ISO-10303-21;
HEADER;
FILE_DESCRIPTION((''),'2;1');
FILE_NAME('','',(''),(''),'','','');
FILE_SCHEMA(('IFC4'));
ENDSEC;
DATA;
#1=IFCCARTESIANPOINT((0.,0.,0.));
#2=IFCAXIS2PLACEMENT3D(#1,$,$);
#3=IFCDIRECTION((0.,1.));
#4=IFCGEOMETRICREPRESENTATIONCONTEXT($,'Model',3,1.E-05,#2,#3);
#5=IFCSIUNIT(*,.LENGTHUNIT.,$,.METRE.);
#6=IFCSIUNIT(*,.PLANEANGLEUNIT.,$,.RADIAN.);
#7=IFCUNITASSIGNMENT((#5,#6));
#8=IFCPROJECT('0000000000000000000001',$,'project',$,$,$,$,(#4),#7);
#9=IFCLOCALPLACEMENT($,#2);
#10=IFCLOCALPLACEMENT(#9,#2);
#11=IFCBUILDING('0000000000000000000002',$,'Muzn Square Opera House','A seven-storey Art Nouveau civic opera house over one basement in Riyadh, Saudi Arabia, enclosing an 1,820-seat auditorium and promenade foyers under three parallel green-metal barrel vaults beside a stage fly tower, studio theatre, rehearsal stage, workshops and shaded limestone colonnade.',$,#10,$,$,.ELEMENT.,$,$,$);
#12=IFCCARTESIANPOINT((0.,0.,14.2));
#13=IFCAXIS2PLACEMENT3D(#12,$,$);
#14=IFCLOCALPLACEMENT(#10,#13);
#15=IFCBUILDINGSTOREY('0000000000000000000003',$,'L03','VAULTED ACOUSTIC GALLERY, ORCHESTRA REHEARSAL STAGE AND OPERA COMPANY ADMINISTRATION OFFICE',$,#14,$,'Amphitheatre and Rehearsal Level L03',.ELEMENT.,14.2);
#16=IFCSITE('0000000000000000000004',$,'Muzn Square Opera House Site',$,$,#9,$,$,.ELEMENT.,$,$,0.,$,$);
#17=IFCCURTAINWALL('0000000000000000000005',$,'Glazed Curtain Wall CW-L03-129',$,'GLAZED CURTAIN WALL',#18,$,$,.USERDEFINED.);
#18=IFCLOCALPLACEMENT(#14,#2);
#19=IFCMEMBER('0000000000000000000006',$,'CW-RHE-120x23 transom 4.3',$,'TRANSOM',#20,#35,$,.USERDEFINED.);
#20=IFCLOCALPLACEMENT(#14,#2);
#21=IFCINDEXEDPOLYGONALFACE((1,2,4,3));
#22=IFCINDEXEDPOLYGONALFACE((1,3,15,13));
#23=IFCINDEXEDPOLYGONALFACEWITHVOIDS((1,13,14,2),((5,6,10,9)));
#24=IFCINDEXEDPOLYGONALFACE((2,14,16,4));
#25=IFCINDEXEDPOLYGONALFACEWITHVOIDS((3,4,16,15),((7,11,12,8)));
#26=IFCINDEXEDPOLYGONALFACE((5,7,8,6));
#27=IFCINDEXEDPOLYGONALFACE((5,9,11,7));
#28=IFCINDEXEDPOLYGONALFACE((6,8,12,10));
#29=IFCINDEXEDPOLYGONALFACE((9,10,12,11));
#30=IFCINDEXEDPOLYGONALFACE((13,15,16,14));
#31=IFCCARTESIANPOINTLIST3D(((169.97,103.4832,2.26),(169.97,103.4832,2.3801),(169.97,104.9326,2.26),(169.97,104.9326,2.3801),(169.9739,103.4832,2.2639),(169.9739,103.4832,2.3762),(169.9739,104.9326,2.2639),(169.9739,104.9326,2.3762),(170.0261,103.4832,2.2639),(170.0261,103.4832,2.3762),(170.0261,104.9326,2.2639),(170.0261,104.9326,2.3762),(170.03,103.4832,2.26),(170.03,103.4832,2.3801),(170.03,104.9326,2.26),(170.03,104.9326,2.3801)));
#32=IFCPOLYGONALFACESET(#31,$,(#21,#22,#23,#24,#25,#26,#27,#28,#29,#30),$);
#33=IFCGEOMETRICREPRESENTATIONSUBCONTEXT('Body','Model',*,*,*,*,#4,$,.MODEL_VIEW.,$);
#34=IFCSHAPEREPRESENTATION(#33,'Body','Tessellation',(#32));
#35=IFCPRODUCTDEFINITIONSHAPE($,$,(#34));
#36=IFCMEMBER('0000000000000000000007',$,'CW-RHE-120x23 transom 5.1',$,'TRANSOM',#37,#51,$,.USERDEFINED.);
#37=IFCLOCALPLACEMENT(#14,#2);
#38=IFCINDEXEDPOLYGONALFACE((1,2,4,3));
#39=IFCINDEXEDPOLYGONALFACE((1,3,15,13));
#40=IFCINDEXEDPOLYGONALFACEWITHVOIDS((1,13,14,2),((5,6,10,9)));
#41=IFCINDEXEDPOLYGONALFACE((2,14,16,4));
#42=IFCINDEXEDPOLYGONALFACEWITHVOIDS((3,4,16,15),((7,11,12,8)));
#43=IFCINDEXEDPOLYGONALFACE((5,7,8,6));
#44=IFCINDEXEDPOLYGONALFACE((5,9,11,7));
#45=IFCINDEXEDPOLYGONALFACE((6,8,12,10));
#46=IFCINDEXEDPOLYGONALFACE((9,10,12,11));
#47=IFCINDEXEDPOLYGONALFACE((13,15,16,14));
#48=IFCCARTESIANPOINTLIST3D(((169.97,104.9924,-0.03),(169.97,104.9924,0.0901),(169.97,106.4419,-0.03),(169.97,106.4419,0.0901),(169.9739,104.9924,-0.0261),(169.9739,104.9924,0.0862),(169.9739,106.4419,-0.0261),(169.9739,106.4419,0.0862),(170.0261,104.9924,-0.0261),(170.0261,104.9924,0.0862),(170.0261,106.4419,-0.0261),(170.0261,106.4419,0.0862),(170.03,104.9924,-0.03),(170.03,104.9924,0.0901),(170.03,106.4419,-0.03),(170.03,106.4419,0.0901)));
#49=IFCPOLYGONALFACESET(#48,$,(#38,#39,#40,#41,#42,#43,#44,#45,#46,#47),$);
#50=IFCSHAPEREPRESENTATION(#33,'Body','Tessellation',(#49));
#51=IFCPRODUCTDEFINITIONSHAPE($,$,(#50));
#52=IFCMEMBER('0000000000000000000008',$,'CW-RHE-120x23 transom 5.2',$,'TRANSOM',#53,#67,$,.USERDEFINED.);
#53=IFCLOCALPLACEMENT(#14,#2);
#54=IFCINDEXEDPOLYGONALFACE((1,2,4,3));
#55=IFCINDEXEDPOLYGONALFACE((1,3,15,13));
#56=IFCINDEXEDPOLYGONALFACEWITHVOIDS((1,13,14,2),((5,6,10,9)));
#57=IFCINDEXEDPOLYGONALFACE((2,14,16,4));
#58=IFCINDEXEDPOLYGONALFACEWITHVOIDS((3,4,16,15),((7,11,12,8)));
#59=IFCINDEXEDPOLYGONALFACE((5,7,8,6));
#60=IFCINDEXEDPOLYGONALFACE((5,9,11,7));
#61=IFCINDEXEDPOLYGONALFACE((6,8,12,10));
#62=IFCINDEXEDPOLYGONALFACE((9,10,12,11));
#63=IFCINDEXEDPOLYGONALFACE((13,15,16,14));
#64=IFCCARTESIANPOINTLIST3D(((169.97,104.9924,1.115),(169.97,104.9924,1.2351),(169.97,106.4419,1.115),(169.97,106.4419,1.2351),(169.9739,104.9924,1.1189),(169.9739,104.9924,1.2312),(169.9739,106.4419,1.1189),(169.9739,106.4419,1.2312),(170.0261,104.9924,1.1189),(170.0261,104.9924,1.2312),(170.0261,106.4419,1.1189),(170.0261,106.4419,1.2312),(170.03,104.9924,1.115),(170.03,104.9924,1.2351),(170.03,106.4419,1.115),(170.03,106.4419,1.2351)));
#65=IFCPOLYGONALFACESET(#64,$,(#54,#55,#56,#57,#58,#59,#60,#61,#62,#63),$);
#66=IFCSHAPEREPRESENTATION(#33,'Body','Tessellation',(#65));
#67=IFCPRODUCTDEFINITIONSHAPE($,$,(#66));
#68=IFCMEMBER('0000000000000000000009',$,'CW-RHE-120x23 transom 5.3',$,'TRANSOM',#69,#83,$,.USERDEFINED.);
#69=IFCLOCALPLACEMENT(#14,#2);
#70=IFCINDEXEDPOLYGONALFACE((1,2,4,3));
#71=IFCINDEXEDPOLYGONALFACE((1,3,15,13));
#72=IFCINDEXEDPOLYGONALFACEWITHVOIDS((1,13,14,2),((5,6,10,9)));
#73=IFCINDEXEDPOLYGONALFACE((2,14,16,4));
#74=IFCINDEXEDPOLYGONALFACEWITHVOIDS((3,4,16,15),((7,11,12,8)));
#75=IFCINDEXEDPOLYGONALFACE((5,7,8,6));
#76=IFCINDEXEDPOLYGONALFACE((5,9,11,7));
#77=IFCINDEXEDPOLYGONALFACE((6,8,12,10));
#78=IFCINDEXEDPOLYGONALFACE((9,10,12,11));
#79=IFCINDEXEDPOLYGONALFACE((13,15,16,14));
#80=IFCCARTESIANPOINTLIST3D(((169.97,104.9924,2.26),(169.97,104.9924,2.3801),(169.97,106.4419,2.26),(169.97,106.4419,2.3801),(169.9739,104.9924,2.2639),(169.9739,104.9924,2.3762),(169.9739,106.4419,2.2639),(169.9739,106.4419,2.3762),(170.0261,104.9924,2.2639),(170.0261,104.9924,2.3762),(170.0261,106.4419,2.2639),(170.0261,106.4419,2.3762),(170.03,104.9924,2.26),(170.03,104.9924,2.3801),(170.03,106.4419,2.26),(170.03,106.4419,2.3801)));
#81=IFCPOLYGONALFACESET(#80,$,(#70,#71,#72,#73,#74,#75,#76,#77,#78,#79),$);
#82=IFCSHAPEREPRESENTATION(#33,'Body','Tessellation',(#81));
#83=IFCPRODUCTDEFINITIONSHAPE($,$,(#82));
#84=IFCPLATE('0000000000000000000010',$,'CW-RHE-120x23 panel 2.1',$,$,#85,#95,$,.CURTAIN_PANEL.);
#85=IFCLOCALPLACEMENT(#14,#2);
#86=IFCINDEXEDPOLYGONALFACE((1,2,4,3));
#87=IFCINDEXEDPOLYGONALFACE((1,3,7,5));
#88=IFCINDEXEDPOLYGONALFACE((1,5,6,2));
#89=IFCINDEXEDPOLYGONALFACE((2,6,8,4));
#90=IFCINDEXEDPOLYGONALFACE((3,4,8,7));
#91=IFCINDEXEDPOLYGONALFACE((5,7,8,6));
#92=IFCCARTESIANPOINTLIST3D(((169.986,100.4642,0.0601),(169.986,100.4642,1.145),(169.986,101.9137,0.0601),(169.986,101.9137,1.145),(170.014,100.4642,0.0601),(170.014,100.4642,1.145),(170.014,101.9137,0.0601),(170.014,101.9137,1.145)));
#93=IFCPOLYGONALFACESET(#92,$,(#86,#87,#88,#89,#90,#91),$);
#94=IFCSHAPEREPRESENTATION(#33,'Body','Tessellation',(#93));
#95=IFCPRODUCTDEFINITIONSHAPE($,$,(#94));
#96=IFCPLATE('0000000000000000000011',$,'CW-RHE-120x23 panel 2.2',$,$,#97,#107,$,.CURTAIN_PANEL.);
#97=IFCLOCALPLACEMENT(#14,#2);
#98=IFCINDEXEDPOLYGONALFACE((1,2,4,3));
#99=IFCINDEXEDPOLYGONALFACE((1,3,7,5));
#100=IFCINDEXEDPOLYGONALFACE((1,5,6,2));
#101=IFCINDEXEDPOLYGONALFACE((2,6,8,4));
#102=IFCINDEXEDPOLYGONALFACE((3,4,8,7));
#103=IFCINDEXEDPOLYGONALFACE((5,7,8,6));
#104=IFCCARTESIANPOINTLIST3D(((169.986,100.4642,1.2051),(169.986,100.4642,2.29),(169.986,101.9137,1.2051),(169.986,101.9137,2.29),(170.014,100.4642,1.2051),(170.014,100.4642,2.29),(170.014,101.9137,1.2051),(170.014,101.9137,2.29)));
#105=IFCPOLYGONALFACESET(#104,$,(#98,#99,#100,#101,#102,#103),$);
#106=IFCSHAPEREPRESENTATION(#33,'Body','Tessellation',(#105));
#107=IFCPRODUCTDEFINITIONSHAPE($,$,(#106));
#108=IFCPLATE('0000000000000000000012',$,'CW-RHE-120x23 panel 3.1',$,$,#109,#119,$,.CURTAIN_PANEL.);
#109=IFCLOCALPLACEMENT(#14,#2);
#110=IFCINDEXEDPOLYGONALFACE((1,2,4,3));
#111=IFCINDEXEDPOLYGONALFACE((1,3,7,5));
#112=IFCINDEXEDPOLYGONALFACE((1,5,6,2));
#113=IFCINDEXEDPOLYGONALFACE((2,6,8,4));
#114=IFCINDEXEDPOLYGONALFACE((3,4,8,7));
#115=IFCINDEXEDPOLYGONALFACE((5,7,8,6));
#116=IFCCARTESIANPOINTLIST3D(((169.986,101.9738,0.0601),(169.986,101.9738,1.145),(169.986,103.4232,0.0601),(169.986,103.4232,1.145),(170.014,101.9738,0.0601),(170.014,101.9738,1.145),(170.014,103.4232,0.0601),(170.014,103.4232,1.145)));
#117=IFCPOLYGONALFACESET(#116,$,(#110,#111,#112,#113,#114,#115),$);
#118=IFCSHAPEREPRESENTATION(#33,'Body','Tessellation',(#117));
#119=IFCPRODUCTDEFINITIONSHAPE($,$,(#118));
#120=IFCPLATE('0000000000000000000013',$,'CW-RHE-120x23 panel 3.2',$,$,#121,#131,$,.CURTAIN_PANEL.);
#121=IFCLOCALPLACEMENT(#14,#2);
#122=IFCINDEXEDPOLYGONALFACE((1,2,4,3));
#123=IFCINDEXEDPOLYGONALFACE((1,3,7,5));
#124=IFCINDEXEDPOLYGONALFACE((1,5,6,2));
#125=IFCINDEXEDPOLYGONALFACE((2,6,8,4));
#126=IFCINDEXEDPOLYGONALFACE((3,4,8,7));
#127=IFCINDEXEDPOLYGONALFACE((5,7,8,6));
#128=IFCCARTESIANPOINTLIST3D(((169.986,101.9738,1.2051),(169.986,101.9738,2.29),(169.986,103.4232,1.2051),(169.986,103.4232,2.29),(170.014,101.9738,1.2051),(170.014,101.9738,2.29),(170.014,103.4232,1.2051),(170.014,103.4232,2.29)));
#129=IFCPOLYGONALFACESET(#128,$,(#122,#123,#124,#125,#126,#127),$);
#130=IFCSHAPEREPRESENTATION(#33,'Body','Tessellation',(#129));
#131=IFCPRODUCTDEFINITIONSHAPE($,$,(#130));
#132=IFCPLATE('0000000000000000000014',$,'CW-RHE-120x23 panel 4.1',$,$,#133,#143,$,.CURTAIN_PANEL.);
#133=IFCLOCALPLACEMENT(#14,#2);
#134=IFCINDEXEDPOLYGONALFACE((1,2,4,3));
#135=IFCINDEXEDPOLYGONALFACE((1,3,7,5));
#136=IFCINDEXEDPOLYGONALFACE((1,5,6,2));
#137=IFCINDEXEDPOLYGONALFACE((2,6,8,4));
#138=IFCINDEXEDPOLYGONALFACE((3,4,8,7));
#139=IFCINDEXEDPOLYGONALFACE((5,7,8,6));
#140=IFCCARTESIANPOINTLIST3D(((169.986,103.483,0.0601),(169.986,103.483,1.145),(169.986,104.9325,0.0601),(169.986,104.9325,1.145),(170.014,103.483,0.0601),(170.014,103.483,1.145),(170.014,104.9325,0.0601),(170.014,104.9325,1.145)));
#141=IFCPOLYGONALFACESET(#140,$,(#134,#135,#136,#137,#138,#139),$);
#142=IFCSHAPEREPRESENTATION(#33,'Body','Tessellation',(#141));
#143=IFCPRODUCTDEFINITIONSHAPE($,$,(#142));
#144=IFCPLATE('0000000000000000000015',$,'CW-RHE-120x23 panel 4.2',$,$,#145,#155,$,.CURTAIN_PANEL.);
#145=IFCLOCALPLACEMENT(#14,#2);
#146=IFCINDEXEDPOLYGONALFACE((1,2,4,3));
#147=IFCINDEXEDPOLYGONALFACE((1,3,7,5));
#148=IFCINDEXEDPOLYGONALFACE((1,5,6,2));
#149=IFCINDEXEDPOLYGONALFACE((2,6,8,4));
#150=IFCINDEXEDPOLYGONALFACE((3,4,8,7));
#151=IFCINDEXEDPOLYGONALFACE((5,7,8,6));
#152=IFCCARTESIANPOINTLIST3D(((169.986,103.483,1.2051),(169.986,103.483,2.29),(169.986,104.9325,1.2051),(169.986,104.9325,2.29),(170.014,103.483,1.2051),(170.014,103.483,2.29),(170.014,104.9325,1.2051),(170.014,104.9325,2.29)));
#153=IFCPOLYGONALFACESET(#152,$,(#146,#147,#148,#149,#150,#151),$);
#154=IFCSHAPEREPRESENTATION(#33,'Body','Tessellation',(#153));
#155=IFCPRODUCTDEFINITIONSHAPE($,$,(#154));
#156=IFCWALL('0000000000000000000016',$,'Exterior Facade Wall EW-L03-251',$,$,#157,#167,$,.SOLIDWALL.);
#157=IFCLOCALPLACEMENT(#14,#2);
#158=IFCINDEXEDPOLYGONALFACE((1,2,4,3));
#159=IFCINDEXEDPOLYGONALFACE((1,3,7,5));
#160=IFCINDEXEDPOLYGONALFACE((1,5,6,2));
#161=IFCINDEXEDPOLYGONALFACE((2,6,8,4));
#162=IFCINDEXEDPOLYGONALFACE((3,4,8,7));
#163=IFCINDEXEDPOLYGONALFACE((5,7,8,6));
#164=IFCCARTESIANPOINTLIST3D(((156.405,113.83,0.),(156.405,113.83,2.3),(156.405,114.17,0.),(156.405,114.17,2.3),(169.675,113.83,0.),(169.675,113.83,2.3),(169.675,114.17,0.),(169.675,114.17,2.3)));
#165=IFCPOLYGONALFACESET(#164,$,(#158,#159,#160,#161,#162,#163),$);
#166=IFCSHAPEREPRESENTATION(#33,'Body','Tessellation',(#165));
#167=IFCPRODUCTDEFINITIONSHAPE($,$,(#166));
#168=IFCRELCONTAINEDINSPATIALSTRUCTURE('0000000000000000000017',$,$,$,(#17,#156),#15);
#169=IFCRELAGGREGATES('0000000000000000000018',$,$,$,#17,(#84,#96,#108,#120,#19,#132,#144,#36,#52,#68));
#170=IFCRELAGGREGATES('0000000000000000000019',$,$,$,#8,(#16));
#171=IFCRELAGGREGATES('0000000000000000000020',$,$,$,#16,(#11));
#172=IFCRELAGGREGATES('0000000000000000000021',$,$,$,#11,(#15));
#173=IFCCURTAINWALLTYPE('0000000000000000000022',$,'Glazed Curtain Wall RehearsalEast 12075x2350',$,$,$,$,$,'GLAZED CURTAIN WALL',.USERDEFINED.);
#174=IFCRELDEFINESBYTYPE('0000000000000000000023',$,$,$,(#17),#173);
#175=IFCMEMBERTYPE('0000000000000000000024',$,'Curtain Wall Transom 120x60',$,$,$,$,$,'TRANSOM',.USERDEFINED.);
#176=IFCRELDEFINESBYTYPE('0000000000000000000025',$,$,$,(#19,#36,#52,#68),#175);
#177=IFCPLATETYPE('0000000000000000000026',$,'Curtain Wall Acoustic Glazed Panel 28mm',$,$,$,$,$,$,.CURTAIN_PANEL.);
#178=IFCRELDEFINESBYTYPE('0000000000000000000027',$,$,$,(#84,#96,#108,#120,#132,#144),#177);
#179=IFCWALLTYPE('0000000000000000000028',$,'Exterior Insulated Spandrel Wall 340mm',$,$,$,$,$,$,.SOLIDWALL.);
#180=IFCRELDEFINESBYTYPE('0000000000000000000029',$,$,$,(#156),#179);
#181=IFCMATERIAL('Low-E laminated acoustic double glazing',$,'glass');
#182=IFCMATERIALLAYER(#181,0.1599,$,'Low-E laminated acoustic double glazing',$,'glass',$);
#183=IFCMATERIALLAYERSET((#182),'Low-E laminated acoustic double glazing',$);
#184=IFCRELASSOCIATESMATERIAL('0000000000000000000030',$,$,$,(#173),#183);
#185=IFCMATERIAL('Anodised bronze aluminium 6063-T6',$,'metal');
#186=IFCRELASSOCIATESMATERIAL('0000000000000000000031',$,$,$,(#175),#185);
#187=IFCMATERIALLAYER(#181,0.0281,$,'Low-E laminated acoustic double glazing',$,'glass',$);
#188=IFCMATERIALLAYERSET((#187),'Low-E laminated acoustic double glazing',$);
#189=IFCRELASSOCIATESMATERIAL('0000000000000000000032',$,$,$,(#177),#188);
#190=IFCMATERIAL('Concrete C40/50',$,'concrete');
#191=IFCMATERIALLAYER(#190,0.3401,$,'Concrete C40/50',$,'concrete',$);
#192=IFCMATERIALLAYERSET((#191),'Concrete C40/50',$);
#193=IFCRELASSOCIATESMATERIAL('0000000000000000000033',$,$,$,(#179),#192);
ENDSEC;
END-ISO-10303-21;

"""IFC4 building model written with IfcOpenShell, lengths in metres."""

from ifc_helpers import new_model, si_unit, direction, frame, frame_2d, origin, origin_2d, place, context, subcontext, project, spatial, rectangle, hollow_rectangle, extrude, material, layer, layer_set, material_profile, profile_set, type_object, element, aggregate, save


model = new_model("IFC4")

# Units and contexts
model_context = context("Model", 3, precision=1e-05, world=origin(), true_north=direction((0.0, 1.0)))
body_context = subcontext(model_context, "Body", "Model", "MODEL_VIEW")
ifc_project = project(units=[si_unit("LENGTHUNIT", "METRE"), si_unit("PLANEANGLEUNIT", "RADIAN")], contexts=[model_context])

# Site, building, storey
site_placement = place(None, origin())
site = spatial("IfcSite", under=ifc_project, at=site_placement, Name="Muzn Square Opera House Site", CompositionType="ELEMENT", RefElevation=0.0)
building_placement = place(site_placement, origin())
building = spatial("IfcBuilding", under=site, at=building_placement, Name="Muzn Square Opera House", Description="A seven-storey Art Nouveau civic opera house over one basement in Riyadh, Saudi Arabia, enclosing an 1,820-seat auditorium and promenade foyers under three parallel green-metal barrel vaults beside a stage fly tower, studio theatre, rehearsal stage, workshops and shaded limestone colonnade.", CompositionType="ELEMENT")
storey_placement = place(building_placement, frame((0.0, 0.0, 14.2)))
storey = spatial("IfcBuildingStorey", under=building, at=storey_placement, Name="L03", Description="VAULTED ACOUSTIC GALLERY, ORCHESTRA REHEARSAL STAGE AND OPERA COMPANY ADMINISTRATION OFFICE", LongName="Amphitheatre and Rehearsal Level L03", CompositionType="ELEMENT", Elevation=14.2)

# Curtain wall, members, plates
ifc_material_1 = material(Name="Low-E laminated acoustic double glazing", Category="glass")
ifc_layer_1 = layer(ifc_material_1, 0.1599, Name="Low-E laminated acoustic double glazing", Category="glass")
ifc_layer_set_1 = layer_set([ifc_layer_1], Name="Low-E laminated acoustic double glazing")
curtain_wall_type = type_object("IfcCurtainWallType", Name="Glazed Curtain Wall RehearsalEast 12075x2350", ElementType="GLAZED CURTAIN WALL", PredefinedType="USERDEFINED", material=ifc_layer_set_1)
curtain_wall_placement = place(storey_placement, origin())
curtain_wall = element("IfcCurtainWall", 1, at=curtain_wall_placement, inside=storey, type_object=curtain_wall_type, Name="Glazed Curtain Wall CW-L03-129", ObjectType="GLAZED CURTAIN WALL", PredefinedType="USERDEFINED")
ifc_material_2 = material(Name="Anodised bronze aluminium 6063-T6", Category="metal")
ifc_material_profile_1 = material_profile(ifc_material_2, hollow_rectangle(XDim=0.0601, YDim=0.1201, WallThickness=0.0039, at=origin_2d()), Name="ALU 120x60x4", Category="metal")
ifc_profile_set_1 = profile_set([ifc_material_profile_1], Name="Anodised bronze aluminium 6063-T6")
member_type_1 = type_object("IfcMemberType", Name="Curtain Wall Transom 120x60", ElementType="TRANSOM", PredefinedType="USERDEFINED", material=ifc_profile_set_1)
member_1_placement = place(storey_placement, frame((170.0, 103.4832, 2.3201), z_axis=(0.0, 1.0, 0.0), x_axis=(-1.0, 0.0, 0.0)))
member_1 = element("IfcMember", 2, at=member_1_placement, type_object=member_type_1, Name="CW-RHE-120x23 transom 4.3", ObjectType="TRANSOM", PredefinedType="USERDEFINED", context=body_context, shape_type="SweptSolid", body=[
    extrude(hollow_rectangle(XDim=0.0601, YDim=0.1201, WallThickness=0.0039, at=origin_2d()), origin(), (0.0, 0.0, 1.0), 1.4495),
])
member_2_placement = place(storey_placement, frame((170.0, 104.9924, 0.03), z_axis=(0.0, 1.0, 0.0), x_axis=(-1.0, 0.0, 0.0)))
member_2 = element("IfcMember", 3, at=member_2_placement, type_object=member_type_1, Name="CW-RHE-120x23 transom 5.1", ObjectType="TRANSOM", PredefinedType="USERDEFINED", context=body_context, shape_type="SweptSolid", body=[
    extrude(hollow_rectangle(XDim=0.0601, YDim=0.1201, WallThickness=0.0039, at=origin_2d()), origin(), (0.0, 0.0, 1.0), 1.4495),
])
member_3_placement = place(storey_placement, frame((170.0, 104.9924, 1.175), z_axis=(0.0, 1.0, 0.0), x_axis=(-1.0, 0.0, 0.0)))
member_3 = element("IfcMember", 4, at=member_3_placement, type_object=member_type_1, Name="CW-RHE-120x23 transom 5.2", ObjectType="TRANSOM", PredefinedType="USERDEFINED", context=body_context, shape_type="SweptSolid", body=[
    extrude(hollow_rectangle(XDim=0.0601, YDim=0.1201, WallThickness=0.0039, at=origin_2d()), origin(), (0.0, 0.0, 1.0), 1.4495),
])
member_4_placement = place(storey_placement, frame((170.0, 104.9924, 2.3201), z_axis=(0.0, 1.0, 0.0), x_axis=(-1.0, 0.0, 0.0)))
member_4 = element("IfcMember", 5, at=member_4_placement, type_object=member_type_1, Name="CW-RHE-120x23 transom 5.3", ObjectType="TRANSOM", PredefinedType="USERDEFINED", context=body_context, shape_type="SweptSolid", body=[
    extrude(hollow_rectangle(XDim=0.0601, YDim=0.1201, WallThickness=0.0039, at=origin_2d()), origin(), (0.0, 0.0, 1.0), 1.4495),
])
ifc_layer_2 = layer(ifc_material_1, 0.0281, Name="Low-E laminated acoustic double glazing", Category="glass")
ifc_layer_set_2 = layer_set([ifc_layer_2], Name="Low-E laminated acoustic double glazing")
plate_type = type_object("IfcPlateType", Name="Curtain Wall Acoustic Glazed Panel 28mm", PredefinedType="CURTAIN_PANEL", material=ifc_layer_set_2)
plate_1_placement = place(storey_placement, frame((170.0, 101.189, 0.0601), z_axis=(0.0, 0.0, 1.0), x_axis=(0.0, 1.0, 0.0)))
plate_1 = element("IfcPlate", 6, at=plate_1_placement, type_object=plate_type, Name="CW-RHE-120x23 panel 2.1", PredefinedType="CURTAIN_PANEL", context=body_context, shape_type="SweptSolid", body=[
    extrude(rectangle(XDim=1.4495, YDim=0.0281, at=origin_2d()), origin(), (0.0, 0.0, 1.0), 1.085),
])
plate_2_placement = place(storey_placement, frame((170.0, 101.189, 1.2051), z_axis=(0.0, 0.0, 1.0), x_axis=(0.0, 1.0, 0.0)))
plate_2 = element("IfcPlate", 7, at=plate_2_placement, type_object=plate_type, Name="CW-RHE-120x23 panel 2.2", PredefinedType="CURTAIN_PANEL", context=body_context, shape_type="SweptSolid", body=[
    extrude(rectangle(XDim=1.4495, YDim=0.0281, at=origin_2d()), origin(), (0.0, 0.0, 1.0), 1.085),
])
plate_3_placement = place(storey_placement, frame((170.0, 102.6985, 0.0601), z_axis=(0.0, 0.0, 1.0), x_axis=(0.0, 1.0, 0.0)))
plate_3 = element("IfcPlate", 8, at=plate_3_placement, type_object=plate_type, Name="CW-RHE-120x23 panel 3.1", PredefinedType="CURTAIN_PANEL", context=body_context, shape_type="SweptSolid", body=[
    extrude(rectangle(XDim=1.4495, YDim=0.0281, at=origin_2d()), origin(), (0.0, 0.0, 1.0), 1.085),
])
plate_4_placement = place(storey_placement, frame((170.0, 102.6985, 1.2051), z_axis=(0.0, 0.0, 1.0), x_axis=(0.0, 1.0, 0.0)))
plate_4 = element("IfcPlate", 9, at=plate_4_placement, type_object=plate_type, Name="CW-RHE-120x23 panel 3.2", PredefinedType="CURTAIN_PANEL", context=body_context, shape_type="SweptSolid", body=[
    extrude(rectangle(XDim=1.4495, YDim=0.0281, at=origin_2d()), origin(), (0.0, 0.0, 1.0), 1.085),
])
plate_5_placement = place(storey_placement, frame((170.0, 104.2078, 0.0601), z_axis=(0.0, 0.0, 1.0), x_axis=(0.0, 1.0, 0.0)))
plate_5 = element("IfcPlate", 10, at=plate_5_placement, type_object=plate_type, Name="CW-RHE-120x23 panel 4.1", PredefinedType="CURTAIN_PANEL", context=body_context, shape_type="SweptSolid", body=[
    extrude(rectangle(XDim=1.4495, YDim=0.0281, at=origin_2d()), origin(), (0.0, 0.0, 1.0), 1.085),
])
plate_6_placement = place(storey_placement, frame((170.0, 104.2078, 1.2051), z_axis=(0.0, 0.0, 1.0), x_axis=(0.0, 1.0, 0.0)))
plate_6 = element("IfcPlate", 11, at=plate_6_placement, type_object=plate_type, Name="CW-RHE-120x23 panel 4.2", PredefinedType="CURTAIN_PANEL", context=body_context, shape_type="SweptSolid", body=[
    extrude(rectangle(XDim=1.4495, YDim=0.0281, at=origin_2d()), origin(), (0.0, 0.0, 1.0), 1.085),
])
aggregate(curtain_wall, [plate_1, plate_2, plate_3, plate_4, member_1, plate_5, plate_6, member_2, member_3, member_4])

# Wall
ifc_material_3 = material(Name="Concrete C40/50", Category="concrete")
ifc_layer_3 = layer(ifc_material_3, 0.3401, Name="Concrete C40/50", Category="concrete")
ifc_layer_set_3 = layer_set([ifc_layer_3], Name="Concrete C40/50")
wall_type = type_object("IfcWallType", Name="Exterior Insulated Spandrel Wall 340mm", PredefinedType="SOLIDWALL", material=ifc_layer_set_3)
wall_placement = place(storey_placement, frame((156.405, 114.0, 0.0), z_axis=(0.0, 0.0, 1.0), x_axis=(1.0, 0.0, 0.0)))
element("IfcWall", 12, at=wall_placement, inside=storey, type_object=wall_type, Name="Exterior Facade Wall EW-L03-251", PredefinedType="SOLIDWALL", context=body_context, shape_type="SweptSolid", body=[
    extrude(rectangle(XDim=13.27, YDim=0.3401, at=frame_2d((6.635, 0.0))), origin(), (0.0, 0.0, 1.0), 2.3),
])

save(model, "model.ifc")
